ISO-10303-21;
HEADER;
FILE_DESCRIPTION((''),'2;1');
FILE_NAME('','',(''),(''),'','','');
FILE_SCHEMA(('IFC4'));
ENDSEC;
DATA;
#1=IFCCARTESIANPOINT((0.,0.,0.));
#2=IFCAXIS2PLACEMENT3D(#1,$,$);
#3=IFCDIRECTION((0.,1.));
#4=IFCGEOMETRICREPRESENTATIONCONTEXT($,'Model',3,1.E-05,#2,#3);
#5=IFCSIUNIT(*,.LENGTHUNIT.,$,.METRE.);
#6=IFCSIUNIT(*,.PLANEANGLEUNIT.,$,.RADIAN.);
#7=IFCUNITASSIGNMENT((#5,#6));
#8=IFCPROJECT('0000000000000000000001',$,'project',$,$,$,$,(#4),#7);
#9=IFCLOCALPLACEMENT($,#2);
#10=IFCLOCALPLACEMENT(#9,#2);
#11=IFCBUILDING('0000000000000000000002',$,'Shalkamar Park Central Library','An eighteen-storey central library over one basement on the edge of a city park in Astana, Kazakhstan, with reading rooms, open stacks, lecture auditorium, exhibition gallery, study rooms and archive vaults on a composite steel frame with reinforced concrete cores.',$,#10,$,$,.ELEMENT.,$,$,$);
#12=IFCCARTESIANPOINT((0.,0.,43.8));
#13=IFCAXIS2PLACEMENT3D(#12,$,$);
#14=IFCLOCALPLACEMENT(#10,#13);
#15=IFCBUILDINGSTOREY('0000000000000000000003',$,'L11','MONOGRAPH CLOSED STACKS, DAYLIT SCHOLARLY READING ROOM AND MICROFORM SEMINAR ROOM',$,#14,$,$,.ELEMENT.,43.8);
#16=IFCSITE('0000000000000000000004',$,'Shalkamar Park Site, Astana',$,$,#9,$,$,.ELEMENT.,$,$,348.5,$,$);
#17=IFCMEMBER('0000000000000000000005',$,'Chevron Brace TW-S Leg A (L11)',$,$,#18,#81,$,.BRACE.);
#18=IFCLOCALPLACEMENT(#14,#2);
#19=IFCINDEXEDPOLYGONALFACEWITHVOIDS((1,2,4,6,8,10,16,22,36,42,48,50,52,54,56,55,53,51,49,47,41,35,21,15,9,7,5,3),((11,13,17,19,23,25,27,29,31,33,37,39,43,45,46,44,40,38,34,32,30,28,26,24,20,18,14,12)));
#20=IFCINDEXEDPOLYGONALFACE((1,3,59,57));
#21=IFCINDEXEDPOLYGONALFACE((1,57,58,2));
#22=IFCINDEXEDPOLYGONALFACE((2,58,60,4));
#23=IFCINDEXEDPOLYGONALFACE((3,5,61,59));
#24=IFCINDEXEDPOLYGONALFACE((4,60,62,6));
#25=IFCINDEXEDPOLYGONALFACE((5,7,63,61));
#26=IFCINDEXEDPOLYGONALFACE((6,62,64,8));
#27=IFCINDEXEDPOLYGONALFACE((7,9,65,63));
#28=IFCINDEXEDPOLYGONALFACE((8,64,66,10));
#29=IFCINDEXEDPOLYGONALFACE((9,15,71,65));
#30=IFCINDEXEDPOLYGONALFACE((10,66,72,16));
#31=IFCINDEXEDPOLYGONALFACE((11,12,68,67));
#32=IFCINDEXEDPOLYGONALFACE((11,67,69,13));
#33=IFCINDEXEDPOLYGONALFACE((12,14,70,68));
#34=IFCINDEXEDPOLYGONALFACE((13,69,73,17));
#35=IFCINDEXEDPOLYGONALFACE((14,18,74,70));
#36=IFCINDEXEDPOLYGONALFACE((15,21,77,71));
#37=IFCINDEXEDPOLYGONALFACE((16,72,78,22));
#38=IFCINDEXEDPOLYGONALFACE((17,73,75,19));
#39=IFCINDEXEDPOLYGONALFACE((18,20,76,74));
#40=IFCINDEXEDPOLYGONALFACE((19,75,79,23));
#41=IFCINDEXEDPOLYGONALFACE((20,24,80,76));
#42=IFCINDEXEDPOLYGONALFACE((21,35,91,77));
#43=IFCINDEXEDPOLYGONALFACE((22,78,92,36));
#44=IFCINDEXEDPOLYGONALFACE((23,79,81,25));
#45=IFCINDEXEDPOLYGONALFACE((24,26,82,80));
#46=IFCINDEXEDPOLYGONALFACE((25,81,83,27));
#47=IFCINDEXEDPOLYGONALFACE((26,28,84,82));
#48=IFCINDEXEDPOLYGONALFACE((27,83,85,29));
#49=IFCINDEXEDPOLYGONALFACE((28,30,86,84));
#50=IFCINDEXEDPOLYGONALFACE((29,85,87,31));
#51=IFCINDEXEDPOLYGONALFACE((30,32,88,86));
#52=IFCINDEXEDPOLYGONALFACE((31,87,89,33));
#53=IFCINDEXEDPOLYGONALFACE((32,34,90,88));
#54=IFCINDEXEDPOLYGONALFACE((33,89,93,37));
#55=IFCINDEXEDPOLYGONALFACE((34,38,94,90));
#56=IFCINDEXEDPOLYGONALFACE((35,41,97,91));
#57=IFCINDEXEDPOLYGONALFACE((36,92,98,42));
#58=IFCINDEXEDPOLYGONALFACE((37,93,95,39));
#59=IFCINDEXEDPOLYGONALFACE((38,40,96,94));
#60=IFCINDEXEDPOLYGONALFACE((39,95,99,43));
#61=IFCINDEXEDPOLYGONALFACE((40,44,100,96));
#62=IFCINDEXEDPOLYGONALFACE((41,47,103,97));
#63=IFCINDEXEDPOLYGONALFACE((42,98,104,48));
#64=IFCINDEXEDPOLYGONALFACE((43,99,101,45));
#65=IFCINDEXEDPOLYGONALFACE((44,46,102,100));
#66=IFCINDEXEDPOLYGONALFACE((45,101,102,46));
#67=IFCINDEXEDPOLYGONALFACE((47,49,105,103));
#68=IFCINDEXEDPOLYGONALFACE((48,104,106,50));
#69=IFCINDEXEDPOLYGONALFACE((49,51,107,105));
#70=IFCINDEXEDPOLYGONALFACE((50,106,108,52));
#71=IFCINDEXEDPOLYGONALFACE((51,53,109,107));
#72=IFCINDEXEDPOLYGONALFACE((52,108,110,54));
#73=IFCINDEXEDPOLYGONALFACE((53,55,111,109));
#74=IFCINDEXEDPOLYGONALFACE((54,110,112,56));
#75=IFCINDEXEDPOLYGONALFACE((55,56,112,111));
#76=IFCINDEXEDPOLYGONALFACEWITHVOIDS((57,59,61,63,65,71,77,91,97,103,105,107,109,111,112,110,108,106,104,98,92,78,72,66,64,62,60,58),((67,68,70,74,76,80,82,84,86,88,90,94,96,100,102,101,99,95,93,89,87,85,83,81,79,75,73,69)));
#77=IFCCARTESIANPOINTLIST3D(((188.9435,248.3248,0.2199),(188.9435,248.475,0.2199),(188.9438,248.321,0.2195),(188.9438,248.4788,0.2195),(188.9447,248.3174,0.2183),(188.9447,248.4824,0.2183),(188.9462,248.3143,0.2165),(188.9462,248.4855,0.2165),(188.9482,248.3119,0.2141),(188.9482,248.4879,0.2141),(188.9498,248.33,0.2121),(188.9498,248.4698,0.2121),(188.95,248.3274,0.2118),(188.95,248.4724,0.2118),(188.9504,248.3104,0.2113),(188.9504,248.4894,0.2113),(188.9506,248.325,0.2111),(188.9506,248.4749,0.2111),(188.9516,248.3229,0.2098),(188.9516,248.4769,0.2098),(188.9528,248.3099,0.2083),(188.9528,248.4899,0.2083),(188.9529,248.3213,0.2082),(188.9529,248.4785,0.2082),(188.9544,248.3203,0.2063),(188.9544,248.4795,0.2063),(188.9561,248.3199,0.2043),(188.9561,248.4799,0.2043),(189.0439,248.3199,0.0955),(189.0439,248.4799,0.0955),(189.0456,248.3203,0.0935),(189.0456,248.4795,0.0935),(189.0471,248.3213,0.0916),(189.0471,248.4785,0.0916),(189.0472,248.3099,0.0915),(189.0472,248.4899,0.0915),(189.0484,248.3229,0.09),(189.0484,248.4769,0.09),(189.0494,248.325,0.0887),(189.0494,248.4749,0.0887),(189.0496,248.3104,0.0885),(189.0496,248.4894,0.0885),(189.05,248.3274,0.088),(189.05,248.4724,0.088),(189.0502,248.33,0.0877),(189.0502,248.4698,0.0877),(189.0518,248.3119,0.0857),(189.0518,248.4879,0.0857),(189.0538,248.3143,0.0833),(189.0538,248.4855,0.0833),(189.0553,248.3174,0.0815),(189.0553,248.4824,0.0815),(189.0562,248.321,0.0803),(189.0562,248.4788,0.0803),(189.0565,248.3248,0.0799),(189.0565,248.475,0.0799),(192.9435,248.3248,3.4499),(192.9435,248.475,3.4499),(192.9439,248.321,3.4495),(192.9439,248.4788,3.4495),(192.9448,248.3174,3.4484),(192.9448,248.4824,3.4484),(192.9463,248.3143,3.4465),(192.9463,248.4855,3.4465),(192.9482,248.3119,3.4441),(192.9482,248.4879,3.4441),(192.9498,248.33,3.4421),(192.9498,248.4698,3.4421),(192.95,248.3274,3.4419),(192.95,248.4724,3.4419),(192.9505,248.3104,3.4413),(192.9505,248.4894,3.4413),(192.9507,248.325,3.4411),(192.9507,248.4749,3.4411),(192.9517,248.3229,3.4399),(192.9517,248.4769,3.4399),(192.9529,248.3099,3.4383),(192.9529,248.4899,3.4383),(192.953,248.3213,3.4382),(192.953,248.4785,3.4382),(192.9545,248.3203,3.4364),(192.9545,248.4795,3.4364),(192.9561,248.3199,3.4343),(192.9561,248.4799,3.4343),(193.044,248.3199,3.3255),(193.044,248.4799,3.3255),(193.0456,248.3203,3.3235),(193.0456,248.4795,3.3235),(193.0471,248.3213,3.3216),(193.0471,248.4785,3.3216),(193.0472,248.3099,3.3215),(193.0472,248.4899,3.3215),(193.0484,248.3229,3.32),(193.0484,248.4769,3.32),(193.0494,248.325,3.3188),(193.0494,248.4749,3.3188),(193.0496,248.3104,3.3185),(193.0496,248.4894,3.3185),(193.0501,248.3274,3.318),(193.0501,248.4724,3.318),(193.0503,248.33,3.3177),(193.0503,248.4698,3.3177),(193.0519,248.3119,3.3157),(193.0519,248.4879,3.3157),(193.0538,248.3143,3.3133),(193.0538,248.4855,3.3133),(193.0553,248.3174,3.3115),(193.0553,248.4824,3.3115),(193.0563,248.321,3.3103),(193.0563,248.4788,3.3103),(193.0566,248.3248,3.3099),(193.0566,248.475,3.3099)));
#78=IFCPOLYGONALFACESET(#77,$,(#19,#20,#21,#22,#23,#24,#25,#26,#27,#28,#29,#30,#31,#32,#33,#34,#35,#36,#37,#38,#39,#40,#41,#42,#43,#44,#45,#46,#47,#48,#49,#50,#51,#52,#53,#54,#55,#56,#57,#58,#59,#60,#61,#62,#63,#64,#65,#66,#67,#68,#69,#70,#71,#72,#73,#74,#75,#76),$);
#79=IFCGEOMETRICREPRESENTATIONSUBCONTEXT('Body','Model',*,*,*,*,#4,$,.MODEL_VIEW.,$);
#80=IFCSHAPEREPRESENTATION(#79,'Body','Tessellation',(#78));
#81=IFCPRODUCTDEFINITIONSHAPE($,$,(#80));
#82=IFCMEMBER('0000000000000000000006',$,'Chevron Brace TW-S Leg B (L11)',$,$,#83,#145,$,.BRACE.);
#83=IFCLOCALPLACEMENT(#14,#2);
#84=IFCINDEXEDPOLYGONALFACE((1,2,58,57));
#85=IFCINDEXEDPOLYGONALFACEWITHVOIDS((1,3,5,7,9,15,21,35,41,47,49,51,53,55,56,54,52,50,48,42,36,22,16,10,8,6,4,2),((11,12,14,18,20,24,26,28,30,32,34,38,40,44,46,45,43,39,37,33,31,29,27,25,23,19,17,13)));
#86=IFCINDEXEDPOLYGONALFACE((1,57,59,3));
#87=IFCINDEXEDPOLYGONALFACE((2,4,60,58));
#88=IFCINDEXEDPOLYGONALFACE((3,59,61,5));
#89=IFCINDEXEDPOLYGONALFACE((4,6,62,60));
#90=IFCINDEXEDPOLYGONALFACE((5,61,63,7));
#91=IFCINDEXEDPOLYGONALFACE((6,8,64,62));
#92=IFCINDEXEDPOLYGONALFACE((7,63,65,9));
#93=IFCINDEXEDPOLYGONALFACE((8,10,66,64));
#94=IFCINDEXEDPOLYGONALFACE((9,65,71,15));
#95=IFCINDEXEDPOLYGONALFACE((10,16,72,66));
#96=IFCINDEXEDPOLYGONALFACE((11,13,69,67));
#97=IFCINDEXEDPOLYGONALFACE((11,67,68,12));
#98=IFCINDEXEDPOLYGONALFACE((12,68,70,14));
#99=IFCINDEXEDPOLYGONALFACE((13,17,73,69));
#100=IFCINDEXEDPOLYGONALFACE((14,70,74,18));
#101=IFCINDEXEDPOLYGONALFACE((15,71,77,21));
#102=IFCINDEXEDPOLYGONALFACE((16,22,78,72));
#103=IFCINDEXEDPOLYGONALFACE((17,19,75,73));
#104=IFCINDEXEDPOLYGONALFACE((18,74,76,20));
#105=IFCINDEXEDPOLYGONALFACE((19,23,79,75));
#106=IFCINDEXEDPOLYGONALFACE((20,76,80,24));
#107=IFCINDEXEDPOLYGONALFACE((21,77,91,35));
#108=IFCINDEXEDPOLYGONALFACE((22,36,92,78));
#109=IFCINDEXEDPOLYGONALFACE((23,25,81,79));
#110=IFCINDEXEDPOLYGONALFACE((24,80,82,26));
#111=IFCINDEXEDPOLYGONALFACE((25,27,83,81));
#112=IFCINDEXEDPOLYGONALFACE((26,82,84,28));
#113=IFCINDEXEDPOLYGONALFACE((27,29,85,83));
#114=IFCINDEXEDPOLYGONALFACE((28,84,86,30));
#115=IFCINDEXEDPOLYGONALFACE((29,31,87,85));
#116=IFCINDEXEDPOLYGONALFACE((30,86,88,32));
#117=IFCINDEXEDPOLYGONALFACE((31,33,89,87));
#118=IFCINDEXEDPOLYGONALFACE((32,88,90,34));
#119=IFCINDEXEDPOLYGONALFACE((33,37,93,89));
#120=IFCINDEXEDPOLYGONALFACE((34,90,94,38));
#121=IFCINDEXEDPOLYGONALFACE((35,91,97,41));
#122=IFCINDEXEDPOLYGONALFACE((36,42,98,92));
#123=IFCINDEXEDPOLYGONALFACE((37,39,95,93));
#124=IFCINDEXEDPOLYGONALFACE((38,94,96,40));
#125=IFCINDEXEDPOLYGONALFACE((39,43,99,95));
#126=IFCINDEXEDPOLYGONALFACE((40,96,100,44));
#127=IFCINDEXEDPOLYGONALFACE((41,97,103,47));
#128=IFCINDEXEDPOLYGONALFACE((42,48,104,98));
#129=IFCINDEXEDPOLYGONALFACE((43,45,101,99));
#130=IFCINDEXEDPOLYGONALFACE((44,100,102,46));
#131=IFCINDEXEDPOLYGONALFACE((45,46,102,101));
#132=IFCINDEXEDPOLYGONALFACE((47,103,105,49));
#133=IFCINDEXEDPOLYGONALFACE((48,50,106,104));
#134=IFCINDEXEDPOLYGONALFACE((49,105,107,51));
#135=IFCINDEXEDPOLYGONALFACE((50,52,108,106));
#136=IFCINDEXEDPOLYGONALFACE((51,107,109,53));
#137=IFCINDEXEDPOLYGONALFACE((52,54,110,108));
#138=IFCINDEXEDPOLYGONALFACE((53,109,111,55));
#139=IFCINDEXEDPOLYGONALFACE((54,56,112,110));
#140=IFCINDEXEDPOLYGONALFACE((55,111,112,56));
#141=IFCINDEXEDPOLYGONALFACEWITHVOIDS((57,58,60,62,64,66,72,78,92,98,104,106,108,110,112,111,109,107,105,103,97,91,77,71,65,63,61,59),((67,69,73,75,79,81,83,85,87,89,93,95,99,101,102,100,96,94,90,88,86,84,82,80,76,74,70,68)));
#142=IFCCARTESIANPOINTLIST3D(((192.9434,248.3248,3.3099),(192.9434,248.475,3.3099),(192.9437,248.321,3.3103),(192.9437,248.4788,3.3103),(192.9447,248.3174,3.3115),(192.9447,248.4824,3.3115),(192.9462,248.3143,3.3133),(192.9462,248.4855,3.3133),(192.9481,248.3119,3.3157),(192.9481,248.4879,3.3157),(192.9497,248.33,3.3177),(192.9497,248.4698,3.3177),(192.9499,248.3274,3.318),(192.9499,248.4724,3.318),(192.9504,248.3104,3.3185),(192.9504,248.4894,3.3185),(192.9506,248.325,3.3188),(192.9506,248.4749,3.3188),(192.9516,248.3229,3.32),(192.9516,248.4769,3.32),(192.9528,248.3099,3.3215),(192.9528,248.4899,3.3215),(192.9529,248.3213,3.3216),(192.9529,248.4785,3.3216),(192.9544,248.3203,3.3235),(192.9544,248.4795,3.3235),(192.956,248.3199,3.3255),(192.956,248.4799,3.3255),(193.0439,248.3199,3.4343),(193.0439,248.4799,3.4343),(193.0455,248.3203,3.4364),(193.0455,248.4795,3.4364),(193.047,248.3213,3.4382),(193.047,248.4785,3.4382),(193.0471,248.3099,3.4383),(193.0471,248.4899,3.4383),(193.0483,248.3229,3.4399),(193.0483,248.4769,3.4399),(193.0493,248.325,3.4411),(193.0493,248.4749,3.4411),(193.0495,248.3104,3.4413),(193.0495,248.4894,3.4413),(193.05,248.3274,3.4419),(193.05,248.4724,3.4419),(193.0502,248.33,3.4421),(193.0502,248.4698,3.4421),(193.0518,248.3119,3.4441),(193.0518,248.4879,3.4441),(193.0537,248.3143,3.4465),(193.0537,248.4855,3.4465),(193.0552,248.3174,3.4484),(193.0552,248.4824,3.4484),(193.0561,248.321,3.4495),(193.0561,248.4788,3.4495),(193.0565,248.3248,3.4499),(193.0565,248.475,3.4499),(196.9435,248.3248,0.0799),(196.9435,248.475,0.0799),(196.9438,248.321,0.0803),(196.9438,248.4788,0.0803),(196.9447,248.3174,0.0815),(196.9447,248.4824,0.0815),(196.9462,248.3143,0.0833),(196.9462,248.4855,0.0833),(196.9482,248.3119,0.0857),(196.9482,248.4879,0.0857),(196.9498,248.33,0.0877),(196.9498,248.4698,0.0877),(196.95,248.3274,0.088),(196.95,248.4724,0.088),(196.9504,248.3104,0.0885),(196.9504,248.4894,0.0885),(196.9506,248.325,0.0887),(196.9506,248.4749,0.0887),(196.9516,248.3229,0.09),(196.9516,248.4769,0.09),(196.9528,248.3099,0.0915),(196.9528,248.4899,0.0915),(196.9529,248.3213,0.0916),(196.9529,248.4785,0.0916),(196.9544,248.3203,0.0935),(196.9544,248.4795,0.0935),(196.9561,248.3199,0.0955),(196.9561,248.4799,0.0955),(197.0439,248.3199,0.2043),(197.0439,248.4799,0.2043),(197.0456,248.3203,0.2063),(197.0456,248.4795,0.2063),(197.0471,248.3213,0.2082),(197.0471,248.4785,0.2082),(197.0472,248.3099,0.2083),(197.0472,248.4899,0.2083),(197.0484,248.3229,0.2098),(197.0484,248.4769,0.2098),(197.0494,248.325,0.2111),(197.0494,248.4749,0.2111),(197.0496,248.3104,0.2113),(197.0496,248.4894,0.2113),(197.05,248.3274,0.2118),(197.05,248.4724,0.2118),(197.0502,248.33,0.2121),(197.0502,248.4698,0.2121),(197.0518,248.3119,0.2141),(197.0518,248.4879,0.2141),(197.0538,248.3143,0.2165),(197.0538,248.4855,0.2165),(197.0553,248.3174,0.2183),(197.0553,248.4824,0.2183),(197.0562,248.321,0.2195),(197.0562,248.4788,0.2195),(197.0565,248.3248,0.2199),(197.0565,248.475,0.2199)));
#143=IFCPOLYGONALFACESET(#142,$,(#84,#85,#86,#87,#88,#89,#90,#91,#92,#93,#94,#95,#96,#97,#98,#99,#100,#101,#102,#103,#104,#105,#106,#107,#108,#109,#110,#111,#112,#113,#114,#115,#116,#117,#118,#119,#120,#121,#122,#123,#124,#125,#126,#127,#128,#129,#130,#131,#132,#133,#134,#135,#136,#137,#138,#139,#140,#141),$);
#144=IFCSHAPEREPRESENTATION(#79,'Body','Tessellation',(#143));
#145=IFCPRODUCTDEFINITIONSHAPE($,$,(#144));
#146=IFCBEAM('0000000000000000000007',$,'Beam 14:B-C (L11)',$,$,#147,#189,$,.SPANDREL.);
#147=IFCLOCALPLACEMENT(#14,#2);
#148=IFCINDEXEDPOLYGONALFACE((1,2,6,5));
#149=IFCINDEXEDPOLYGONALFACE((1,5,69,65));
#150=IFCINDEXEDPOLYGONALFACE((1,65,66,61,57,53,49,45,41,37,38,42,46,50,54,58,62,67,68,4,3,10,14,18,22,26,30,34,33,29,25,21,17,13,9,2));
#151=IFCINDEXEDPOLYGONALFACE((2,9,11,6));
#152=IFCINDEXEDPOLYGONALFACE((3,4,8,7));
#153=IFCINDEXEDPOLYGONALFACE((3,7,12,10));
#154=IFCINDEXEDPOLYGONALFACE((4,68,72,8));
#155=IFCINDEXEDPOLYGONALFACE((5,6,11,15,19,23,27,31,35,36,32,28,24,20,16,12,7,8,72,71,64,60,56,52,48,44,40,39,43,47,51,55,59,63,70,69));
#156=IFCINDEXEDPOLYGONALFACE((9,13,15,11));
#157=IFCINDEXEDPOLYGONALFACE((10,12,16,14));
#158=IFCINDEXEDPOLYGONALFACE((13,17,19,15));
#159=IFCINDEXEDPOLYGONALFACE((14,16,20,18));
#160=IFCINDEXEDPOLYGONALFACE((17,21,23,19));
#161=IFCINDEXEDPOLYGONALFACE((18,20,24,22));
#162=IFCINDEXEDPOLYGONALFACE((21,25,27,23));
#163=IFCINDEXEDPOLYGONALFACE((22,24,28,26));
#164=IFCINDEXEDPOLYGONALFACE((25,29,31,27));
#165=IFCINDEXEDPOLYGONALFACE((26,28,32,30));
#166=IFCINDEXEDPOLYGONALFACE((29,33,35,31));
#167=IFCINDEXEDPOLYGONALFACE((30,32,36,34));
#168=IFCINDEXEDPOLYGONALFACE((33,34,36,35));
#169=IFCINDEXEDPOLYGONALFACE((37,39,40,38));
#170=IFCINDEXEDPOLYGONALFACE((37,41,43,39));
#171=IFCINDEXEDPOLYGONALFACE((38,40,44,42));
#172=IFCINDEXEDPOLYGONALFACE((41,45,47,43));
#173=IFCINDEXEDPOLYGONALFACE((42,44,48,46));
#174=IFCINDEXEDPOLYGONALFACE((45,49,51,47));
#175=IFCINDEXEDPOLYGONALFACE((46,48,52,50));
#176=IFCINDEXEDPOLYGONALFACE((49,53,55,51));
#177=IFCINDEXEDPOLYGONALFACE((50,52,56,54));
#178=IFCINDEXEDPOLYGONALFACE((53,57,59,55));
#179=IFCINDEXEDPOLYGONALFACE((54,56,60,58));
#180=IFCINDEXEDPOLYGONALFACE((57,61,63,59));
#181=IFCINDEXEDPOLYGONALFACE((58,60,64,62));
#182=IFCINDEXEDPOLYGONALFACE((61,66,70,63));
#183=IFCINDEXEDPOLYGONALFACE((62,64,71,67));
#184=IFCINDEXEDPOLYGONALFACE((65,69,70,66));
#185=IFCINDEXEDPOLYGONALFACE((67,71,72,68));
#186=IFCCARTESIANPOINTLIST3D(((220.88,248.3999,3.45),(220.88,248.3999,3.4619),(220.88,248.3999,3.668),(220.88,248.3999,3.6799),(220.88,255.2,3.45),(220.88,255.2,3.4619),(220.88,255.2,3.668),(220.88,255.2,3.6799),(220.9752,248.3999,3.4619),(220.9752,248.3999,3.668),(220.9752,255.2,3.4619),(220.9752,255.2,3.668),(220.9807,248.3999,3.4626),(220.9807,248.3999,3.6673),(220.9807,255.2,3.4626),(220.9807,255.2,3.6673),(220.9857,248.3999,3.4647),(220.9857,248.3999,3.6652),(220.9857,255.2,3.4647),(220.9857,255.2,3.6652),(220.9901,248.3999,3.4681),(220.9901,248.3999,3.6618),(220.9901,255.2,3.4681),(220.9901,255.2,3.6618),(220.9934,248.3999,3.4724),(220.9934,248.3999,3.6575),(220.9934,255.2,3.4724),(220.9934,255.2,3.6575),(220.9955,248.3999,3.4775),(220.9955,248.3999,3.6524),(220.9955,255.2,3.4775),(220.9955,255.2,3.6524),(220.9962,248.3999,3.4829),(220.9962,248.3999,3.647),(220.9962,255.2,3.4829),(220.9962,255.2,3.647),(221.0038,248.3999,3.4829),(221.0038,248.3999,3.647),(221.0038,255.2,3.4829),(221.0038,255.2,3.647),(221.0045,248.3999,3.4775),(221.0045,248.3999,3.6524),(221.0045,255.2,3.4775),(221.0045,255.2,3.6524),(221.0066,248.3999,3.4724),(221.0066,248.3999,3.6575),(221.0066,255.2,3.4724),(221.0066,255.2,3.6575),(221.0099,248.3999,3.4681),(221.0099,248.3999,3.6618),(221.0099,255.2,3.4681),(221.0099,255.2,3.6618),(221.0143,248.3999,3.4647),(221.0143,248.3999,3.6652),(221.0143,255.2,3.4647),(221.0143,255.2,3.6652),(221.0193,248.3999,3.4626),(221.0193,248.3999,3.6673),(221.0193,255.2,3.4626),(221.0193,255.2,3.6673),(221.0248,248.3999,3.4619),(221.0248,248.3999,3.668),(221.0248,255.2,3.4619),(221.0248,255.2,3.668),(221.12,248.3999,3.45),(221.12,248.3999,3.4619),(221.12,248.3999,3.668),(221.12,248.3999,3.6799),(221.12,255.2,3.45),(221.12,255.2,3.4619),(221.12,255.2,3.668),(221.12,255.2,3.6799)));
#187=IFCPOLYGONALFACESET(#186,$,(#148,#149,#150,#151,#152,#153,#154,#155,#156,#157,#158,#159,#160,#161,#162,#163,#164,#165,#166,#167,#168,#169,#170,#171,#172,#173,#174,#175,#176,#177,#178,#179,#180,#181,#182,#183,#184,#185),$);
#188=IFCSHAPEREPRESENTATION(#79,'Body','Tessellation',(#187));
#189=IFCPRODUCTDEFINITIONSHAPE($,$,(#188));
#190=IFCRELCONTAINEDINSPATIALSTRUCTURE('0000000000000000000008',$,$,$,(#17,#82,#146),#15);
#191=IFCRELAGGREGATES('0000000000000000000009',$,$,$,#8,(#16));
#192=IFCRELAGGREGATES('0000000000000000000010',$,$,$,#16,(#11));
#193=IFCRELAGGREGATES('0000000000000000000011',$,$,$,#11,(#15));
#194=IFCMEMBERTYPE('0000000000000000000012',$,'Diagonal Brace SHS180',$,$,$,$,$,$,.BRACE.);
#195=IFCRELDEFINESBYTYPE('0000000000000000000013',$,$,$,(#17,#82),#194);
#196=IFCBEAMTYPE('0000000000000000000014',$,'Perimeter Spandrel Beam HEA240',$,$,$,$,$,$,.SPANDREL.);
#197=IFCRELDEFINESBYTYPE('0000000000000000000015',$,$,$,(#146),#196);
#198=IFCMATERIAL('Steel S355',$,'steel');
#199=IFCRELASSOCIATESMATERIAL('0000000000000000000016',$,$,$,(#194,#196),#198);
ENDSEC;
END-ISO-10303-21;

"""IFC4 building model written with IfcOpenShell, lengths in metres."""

from ifc_helpers import new_model, si_unit, direction, frame, origin, origin_2d, place, context, subcontext, project, spatial, hollow_rectangle, i_section, extrude, material, material_profile, profile_set, type_object, element, save


model = new_model("IFC4")

# Units and contexts
model_context = context("Model", 3, precision=1e-05, world=origin(), true_north=direction((0.0, 1.0)))
body_context = subcontext(model_context, "Body", "Model", "MODEL_VIEW")
ifc_project = project(units=[si_unit("LENGTHUNIT", "METRE"), si_unit("PLANEANGLEUNIT", "RADIAN")], contexts=[model_context])

# Site, building, storey
site_placement = place(None, origin())
site = spatial("IfcSite", under=ifc_project, at=site_placement, Name="Shalkamar Park Site, Astana", CompositionType="ELEMENT", RefElevation=348.5)
building_placement = place(site_placement, origin())
building = spatial("IfcBuilding", under=site, at=building_placement, Name="Shalkamar Park Central Library", Description="An eighteen-storey central library over one basement on the edge of a city park in Astana, Kazakhstan, with reading rooms, open stacks, lecture auditorium, exhibition gallery, study rooms and archive vaults on a composite steel frame with reinforced concrete cores.", CompositionType="ELEMENT")
storey_placement = place(building_placement, frame((0.0, 0.0, 43.8)))
storey = spatial("IfcBuildingStorey", under=building, at=storey_placement, Name="L11", Description="MONOGRAPH CLOSED STACKS, DAYLIT SCHOLARLY READING ROOM AND MICROFORM SEMINAR ROOM", CompositionType="ELEMENT", Elevation=43.8)

# Shared definitions
ifc_material_1 = material(Name="Steel S355", Category="steel")

# Members
ifc_material_profile_1 = material_profile(ifc_material_1, hollow_rectangle(XDim=0.1799, YDim=0.1799, WallThickness=0.01, InnerFilletRadius=0.01, OuterFilletRadius=0.0149, at=origin_2d()), Name="SHS 180x180x10")
ifc_profile_set_1 = profile_set([ifc_material_profile_1], Name="Steel S355")
member_type = type_object("IfcMemberType", Name="Diagonal Brace SHS180", PredefinedType="BRACE", material=ifc_profile_set_1)
for number, where, z_axis, x_axis, name in (
    (1, (189.0, 248.3999, 0.1499), (0.778016, 0.0, 0.628244), (0.0, 1.0, 0.0), "Chevron Brace TW-S Leg A (L11)"),
    (2, (197.0, 248.3999, 0.1499), (-0.778016, 0.0, 0.628244), (0.0, -1.0, 0.0), "Chevron Brace TW-S Leg B (L11)"),
):
    element("IfcMember", number, at=place(storey_placement, frame(where, z_axis=z_axis, x_axis=x_axis)), inside=storey, type_object=member_type, Name=name, PredefinedType="BRACE", context=body_context, shape_type="SweptSolid", body=[
        extrude(hollow_rectangle(XDim=0.1799, YDim=0.1799, WallThickness=0.01, InnerFilletRadius=0.01, OuterFilletRadius=0.0149, at=origin_2d()), origin(), (0.0, 0.0, 1.0), 5.1414),
    ])

# Beam
ifc_material_profile_2 = material_profile(ifc_material_1, i_section(OverallWidth=0.24, OverallDepth=0.23, WebThickness=0.0076, FlangeThickness=0.012, FilletRadius=0.021, at=origin_2d()), Name="HEA 240")
ifc_profile_set_2 = profile_set([ifc_material_profile_2], Name="Steel S355")
beam_type_1 = type_object("IfcBeamType", Name="Perimeter Spandrel Beam HEA240", PredefinedType="SPANDREL", material=ifc_profile_set_2)
beam_placement = place(storey_placement, frame((221.0, 248.3999, 3.5649), z_axis=(0.0, 1.0, 0.0), x_axis=(-1.0, 0.0, 0.0)))
element("IfcBeam", 3, at=beam_placement, inside=storey, type_object=beam_type_1, Name="Beam 14:B-C (L11)", PredefinedType="SPANDREL", context=body_context, shape_type="SweptSolid", body=[
    extrude(i_section(OverallWidth=0.24, OverallDepth=0.23, WebThickness=0.0076, FlangeThickness=0.012, FilletRadius=0.021, at=origin_2d()), origin(), (0.0, 0.0, 1.0), 6.8),
])

save(model, "model.ifc")
